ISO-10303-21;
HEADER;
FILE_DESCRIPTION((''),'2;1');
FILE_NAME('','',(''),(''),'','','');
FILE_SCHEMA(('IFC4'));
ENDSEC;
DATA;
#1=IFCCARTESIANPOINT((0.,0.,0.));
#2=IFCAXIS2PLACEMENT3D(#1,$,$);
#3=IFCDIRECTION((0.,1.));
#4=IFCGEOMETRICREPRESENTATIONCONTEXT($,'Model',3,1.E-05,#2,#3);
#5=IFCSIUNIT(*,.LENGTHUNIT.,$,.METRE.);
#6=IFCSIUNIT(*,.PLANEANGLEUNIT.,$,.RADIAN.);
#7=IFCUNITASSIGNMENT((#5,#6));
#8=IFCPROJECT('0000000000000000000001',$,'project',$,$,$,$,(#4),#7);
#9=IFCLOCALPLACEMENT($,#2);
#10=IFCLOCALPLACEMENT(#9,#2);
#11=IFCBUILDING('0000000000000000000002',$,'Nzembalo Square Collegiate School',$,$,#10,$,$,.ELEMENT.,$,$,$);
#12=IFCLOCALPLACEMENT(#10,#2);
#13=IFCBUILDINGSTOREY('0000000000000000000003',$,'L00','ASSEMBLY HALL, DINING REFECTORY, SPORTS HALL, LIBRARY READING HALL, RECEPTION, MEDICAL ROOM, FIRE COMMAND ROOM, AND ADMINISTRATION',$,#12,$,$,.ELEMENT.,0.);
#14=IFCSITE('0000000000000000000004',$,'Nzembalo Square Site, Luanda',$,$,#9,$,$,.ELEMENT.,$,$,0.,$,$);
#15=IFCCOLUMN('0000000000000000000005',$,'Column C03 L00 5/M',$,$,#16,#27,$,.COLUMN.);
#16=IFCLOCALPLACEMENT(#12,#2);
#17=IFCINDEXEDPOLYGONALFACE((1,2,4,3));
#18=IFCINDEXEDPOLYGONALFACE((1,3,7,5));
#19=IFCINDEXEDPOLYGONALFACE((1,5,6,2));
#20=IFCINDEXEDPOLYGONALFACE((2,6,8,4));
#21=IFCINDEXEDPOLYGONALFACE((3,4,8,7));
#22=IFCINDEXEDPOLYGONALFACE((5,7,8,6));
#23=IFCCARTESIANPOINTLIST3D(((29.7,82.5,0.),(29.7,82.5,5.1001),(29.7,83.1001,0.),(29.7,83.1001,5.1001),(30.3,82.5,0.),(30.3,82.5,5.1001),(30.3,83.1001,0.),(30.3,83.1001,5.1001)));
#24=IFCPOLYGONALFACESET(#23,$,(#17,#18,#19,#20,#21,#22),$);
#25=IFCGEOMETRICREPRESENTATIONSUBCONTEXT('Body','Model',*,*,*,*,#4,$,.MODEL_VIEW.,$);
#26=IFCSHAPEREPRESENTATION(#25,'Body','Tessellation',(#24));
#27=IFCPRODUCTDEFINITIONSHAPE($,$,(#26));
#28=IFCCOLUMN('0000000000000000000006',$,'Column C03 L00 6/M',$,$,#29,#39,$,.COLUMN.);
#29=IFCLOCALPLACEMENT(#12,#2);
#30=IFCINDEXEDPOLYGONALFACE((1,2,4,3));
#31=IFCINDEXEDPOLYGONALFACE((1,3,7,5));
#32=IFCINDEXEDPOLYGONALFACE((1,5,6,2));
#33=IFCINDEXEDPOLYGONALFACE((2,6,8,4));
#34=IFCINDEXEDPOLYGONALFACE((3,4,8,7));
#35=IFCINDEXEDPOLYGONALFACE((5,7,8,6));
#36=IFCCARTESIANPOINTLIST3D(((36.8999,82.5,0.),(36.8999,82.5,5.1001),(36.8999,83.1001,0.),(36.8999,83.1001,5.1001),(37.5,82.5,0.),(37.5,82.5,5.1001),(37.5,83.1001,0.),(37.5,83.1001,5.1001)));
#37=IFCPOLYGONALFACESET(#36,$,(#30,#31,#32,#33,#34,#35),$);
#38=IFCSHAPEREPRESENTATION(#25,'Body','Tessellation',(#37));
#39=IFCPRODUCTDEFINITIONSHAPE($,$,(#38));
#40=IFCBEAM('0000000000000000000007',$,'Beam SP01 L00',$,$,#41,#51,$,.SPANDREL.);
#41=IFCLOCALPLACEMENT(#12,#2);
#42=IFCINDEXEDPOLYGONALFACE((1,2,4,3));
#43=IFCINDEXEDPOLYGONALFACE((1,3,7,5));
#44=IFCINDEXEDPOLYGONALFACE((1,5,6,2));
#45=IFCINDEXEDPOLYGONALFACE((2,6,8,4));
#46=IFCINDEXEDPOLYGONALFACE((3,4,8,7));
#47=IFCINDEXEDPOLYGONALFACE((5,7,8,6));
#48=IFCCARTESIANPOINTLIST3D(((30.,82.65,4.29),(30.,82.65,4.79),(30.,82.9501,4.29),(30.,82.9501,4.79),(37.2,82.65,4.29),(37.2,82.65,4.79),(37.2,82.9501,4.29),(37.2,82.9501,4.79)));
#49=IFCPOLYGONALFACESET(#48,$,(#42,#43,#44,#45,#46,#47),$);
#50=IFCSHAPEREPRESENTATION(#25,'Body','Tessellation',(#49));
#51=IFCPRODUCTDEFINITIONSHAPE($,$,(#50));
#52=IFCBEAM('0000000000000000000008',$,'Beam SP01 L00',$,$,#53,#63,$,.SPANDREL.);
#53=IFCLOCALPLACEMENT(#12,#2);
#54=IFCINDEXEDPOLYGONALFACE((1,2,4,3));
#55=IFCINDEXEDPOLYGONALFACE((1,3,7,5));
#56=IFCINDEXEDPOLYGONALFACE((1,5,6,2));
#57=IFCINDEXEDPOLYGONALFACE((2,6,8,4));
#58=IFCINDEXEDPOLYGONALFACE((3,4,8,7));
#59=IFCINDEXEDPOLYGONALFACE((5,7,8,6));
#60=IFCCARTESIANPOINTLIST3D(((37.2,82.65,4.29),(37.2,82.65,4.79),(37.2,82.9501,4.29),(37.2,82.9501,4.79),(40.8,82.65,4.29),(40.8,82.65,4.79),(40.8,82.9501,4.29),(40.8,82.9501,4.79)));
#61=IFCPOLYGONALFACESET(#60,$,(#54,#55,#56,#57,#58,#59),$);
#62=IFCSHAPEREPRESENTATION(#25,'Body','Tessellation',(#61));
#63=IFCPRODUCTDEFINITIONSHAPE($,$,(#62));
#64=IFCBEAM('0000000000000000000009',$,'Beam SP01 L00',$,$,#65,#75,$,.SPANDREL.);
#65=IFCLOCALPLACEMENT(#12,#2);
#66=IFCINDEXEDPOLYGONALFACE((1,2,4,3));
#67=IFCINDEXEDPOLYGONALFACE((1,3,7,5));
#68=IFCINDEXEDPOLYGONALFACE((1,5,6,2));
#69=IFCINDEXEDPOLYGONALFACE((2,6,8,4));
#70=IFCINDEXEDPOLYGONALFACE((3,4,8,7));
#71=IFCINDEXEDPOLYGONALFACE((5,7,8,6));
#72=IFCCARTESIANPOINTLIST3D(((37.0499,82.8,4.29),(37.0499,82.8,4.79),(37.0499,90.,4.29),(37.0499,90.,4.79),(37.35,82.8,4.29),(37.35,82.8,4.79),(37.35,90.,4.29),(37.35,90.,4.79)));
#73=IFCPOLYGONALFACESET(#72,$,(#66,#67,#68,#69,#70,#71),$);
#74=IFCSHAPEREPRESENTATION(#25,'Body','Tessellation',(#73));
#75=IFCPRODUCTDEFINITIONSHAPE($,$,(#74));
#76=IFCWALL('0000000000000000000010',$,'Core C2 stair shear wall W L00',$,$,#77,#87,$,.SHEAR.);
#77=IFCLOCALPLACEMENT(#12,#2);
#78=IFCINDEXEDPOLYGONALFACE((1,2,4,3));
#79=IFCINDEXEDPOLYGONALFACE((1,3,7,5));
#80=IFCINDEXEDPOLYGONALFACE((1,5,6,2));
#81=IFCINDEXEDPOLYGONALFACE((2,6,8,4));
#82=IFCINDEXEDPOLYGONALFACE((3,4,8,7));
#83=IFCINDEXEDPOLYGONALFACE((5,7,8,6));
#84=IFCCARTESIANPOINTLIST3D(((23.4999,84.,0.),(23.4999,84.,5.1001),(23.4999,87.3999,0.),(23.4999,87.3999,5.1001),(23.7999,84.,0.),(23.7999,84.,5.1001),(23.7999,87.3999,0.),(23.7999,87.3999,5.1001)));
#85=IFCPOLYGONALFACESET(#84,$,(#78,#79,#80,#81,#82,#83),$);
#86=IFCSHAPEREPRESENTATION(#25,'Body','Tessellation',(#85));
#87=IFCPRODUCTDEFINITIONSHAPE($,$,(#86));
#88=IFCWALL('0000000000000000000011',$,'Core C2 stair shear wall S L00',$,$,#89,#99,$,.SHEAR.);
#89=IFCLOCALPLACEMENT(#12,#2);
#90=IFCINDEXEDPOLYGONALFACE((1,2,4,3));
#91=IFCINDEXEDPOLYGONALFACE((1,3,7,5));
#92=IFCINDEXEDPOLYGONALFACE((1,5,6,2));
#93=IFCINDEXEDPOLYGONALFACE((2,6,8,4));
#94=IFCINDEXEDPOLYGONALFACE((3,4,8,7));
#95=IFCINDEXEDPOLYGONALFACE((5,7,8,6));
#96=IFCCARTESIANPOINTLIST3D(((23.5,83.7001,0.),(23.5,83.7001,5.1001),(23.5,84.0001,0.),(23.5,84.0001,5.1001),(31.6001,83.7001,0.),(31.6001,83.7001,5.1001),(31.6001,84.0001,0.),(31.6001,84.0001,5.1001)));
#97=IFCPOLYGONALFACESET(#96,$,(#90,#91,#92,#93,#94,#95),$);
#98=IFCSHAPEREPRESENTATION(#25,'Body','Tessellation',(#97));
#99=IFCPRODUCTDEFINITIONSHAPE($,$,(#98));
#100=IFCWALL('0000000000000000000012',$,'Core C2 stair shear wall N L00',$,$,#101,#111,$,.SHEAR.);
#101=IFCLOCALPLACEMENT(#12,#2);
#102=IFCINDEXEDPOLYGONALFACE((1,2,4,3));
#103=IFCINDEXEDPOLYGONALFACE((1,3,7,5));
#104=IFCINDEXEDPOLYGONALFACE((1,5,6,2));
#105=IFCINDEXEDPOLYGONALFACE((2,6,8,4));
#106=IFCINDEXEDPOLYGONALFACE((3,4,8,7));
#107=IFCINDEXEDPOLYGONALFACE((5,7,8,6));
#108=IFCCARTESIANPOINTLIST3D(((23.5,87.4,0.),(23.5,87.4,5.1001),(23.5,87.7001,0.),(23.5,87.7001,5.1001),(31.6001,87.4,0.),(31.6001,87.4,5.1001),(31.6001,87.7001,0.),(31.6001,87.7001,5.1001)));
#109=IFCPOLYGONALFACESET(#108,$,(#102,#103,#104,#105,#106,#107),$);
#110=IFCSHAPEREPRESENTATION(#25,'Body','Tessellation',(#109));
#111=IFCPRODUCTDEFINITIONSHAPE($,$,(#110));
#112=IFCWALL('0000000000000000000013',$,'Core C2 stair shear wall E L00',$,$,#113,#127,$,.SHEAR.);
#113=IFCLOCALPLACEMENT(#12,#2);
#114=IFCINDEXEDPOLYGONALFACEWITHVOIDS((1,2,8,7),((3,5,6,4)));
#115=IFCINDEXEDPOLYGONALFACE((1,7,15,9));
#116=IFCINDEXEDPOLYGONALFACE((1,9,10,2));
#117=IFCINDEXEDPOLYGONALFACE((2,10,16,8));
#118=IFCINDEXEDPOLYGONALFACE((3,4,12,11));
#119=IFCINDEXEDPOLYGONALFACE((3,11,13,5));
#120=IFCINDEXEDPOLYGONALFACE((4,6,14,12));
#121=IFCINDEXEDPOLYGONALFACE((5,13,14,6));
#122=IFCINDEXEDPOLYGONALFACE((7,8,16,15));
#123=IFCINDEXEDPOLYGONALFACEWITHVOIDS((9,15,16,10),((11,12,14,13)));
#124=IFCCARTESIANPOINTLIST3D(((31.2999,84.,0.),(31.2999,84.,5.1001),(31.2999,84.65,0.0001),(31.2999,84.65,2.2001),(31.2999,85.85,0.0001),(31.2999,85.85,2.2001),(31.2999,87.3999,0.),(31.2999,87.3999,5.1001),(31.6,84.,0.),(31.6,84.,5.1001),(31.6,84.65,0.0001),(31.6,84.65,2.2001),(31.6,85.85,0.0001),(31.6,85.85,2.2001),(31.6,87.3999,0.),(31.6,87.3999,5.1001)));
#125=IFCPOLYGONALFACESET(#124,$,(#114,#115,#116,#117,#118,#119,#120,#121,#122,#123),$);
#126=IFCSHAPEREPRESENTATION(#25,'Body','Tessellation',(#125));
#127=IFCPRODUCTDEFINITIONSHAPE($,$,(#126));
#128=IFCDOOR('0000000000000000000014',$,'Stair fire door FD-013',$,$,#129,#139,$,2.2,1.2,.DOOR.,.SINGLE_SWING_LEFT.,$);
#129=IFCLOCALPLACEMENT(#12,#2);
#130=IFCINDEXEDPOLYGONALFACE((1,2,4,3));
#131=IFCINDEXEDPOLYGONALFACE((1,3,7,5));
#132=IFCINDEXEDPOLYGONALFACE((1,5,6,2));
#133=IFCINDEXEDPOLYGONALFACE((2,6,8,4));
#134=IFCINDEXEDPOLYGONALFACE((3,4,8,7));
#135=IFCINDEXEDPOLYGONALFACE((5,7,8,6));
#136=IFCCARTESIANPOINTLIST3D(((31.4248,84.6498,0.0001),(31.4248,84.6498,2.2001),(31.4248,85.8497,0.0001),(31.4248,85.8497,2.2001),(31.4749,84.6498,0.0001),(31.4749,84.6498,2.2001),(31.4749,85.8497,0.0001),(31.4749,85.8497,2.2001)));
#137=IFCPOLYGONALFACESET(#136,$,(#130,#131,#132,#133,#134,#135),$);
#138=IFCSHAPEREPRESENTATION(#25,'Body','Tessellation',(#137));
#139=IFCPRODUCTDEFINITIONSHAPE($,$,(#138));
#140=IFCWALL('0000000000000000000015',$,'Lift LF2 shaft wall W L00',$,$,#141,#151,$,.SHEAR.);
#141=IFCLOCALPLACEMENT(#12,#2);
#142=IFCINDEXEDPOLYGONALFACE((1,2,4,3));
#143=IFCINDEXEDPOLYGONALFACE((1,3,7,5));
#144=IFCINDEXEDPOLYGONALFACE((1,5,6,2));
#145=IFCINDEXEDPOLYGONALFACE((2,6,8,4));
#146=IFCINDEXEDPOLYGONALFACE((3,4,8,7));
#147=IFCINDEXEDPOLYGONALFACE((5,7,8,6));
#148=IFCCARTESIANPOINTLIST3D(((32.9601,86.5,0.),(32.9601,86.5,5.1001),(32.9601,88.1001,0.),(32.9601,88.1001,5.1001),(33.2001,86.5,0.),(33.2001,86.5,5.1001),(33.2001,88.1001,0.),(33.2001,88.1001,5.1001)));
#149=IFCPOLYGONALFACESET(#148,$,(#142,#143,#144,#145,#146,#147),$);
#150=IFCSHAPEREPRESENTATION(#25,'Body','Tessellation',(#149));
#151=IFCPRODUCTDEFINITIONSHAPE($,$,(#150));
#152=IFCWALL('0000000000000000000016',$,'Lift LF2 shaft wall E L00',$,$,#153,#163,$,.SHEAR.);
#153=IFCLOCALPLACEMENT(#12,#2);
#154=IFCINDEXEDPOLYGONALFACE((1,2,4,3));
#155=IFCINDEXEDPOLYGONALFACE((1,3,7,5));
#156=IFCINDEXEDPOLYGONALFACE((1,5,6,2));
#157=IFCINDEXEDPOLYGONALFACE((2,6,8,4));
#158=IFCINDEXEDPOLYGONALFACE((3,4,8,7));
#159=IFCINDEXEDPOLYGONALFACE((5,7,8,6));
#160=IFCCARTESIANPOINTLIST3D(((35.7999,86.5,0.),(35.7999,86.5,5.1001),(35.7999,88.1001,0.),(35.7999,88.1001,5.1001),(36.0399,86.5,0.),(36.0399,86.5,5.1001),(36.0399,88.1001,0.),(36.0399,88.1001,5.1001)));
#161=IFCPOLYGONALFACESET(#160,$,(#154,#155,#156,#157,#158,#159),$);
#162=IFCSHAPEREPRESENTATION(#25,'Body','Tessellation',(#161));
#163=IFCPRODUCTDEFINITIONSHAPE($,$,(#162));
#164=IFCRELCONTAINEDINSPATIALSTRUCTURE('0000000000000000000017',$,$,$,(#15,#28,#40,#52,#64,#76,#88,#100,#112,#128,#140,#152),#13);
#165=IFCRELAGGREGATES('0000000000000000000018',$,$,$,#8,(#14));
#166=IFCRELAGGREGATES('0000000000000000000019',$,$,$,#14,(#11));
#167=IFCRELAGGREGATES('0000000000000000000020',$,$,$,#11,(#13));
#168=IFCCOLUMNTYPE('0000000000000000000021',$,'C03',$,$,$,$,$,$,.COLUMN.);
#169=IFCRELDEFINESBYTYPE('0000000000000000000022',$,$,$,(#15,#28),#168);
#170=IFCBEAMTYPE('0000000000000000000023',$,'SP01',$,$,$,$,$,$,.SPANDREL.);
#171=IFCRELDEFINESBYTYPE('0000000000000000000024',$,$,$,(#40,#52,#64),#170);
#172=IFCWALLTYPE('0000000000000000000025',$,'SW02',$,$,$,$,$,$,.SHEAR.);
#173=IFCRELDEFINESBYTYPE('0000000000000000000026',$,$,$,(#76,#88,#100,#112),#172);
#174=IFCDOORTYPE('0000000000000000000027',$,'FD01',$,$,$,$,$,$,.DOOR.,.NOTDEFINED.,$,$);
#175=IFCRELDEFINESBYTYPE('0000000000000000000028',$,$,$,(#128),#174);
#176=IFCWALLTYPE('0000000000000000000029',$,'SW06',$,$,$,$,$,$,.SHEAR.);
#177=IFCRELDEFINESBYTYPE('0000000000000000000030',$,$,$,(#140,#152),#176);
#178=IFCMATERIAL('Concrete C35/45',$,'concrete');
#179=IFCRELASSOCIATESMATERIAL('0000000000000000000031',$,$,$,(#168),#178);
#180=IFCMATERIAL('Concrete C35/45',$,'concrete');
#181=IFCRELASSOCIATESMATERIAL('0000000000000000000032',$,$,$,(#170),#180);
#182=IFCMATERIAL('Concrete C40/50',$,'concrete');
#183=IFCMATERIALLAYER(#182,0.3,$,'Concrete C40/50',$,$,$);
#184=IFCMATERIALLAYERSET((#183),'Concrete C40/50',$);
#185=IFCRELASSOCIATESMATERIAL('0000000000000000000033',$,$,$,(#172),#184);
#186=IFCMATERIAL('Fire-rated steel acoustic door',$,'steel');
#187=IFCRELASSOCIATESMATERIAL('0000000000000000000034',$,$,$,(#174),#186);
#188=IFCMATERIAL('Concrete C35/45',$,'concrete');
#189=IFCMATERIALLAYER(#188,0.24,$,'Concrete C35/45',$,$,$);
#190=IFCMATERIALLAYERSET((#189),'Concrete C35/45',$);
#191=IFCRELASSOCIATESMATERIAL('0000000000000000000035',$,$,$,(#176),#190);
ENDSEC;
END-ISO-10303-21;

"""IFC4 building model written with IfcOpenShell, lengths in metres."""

from ifc_helpers import new_model, si_unit, direction, frame, frame_2d, origin, origin_2d, place, context, subcontext, project, spatial, rectangle, extrude, material, layer, layer_set, material_profile, profile_set, type_object, element, fill, save


model = new_model("IFC4")

# Units and contexts
model_context = context("Model", 3, precision=1e-05, world=origin(), true_north=direction((0.0, 1.0)))
body_context = subcontext(model_context, "Body", "Model", "MODEL_VIEW")
ifc_project = project(units=[si_unit("LENGTHUNIT", "METRE"), si_unit("PLANEANGLEUNIT", "RADIAN")], contexts=[model_context])

# Site, building, storey
site_placement = place(None, origin())
site = spatial("IfcSite", under=ifc_project, at=site_placement, Name="Nzembalo Square Site, Luanda", CompositionType="ELEMENT", RefElevation=0.0)
building_placement = place(site_placement, origin())
building = spatial("IfcBuilding", under=site, at=building_placement, Name="Nzembalo Square Collegiate School", CompositionType="ELEMENT")
storey_placement = place(building_placement, origin())
storey = spatial("IfcBuildingStorey", under=building, at=storey_placement, Name="L00", Description="ASSEMBLY HALL, DINING REFECTORY, SPORTS HALL, LIBRARY READING HALL, RECEPTION, MEDICAL ROOM, FIRE COMMAND ROOM, AND ADMINISTRATION", CompositionType="ELEMENT", Elevation=0.0)

# Columns
ifc_material_1 = material(Name="Concrete C35/45", Category="concrete")
ifc_material_profile_1 = material_profile(ifc_material_1, rectangle(XDim=0.6001, YDim=0.6001, at=origin_2d()), Name="RC 600x600")
ifc_profile_set_1 = profile_set([ifc_material_profile_1], Name="Concrete C35/45")
column_type = type_object("IfcColumnType", Name="C03", PredefinedType="COLUMN", material=ifc_profile_set_1)
for number, where, z_axis, x_axis, name in (
    (1, (30.0, 82.8, 0.0), (0.0, 0.0, 1.0), (1.0, 0.0, 0.0), "Column C03 L00 5/M"),
    (2, (37.2, 82.8, 0.0), (0.0, 0.0, 1.0), (1.0, 0.0, 0.0), "Column C03 L00 6/M"),
):
    element("IfcColumn", number, at=place(storey_placement, frame(where, z_axis=z_axis, x_axis=x_axis)), inside=storey, type_object=column_type, Name=name, PredefinedType="COLUMN", context=body_context, shape_type="SweptSolid", body=[
        extrude(rectangle(XDim=0.6001, YDim=0.6001, at=origin_2d()), origin(), (0.0, 0.0, 1.0), 5.1001),
    ])

# Beams
ifc_material_2 = material(Name="Concrete C35/45", Category="concrete")
ifc_material_profile_2 = material_profile(ifc_material_2, rectangle(XDim=0.3, YDim=0.5, at=origin_2d()), Name="RC 300x500")
ifc_profile_set_2 = profile_set([ifc_material_profile_2], Name="Concrete C35/45")
beam_type = type_object("IfcBeamType", Name="SP01", PredefinedType="SPANDREL", material=ifc_profile_set_2)
beam_1_placement = place(storey_placement, frame((30.0, 82.8, 4.54), z_axis=(1.0, 0.0, 0.0), x_axis=(0.0, 1.0, 0.0)))
element("IfcBeam", 3, at=beam_1_placement, inside=storey, type_object=beam_type, Name="Beam SP01 L00", PredefinedType="SPANDREL", context=body_context, shape_type="SweptSolid", body=[
    extrude(rectangle(XDim=0.3, YDim=0.5, at=origin_2d()), origin(), (0.0, 0.0, 1.0), 7.2),
])
beam_2_placement = place(storey_placement, frame((37.2, 82.8, 4.54), z_axis=(1.0, 0.0, 0.0), x_axis=(0.0, 1.0, 0.0)))
element("IfcBeam", 4, at=beam_2_placement, inside=storey, type_object=beam_type, Name="Beam SP01 L00", PredefinedType="SPANDREL", context=body_context, shape_type="SweptSolid", body=[
    extrude(rectangle(XDim=0.3, YDim=0.5, at=origin_2d()), origin(), (0.0, 0.0, 1.0), 3.6001),
])
beam_3_placement = place(storey_placement, frame((37.2, 82.8, 4.54), z_axis=(0.0, 1.0, 0.0), x_axis=(-1.0, 0.0, 0.0)))
element("IfcBeam", 5, at=beam_3_placement, inside=storey, type_object=beam_type, Name="Beam SP01 L00", PredefinedType="SPANDREL", context=body_context, shape_type="SweptSolid", body=[
    extrude(rectangle(XDim=0.3, YDim=0.5, at=origin_2d()), origin(), (0.0, 0.0, 1.0), 7.2),
])

# Walls
ifc_material_3 = material(Name="Concrete C40/50", Category="concrete")
ifc_layer_1 = layer(ifc_material_3, 0.3, Name="Concrete C40/50")
ifc_layer_set_1 = layer_set([ifc_layer_1], Name="Concrete C40/50")
wall_type_1 = type_object("IfcWallType", Name="SW02", PredefinedType="SHEAR", material=ifc_layer_set_1)
wall_1_placement = place(storey_placement, frame((23.6499, 84.0, 0.0), z_axis=(0.0, 0.0, 1.0), x_axis=(0.0, 1.0, 0.0)))
element("IfcWall", 6, at=wall_1_placement, inside=storey, type_object=wall_type_1, Name="Core C2 stair shear wall W L00", PredefinedType="SHEAR", context=body_context, shape_type="SweptSolid", body=[
    extrude(rectangle(XDim=3.3999, YDim=0.3, at=frame_2d((1.7, 0.0))), origin(), (0.0, 0.0, 1.0), 5.1001),
])
for number, where, z_axis, x_axis, name in (
    (7, (23.5, 83.8501, 0.0), (0.0, 0.0, 1.0), (1.0, 0.0, 0.0), "Core C2 stair shear wall S L00"),
    (8, (23.5, 87.55, 0.0), (0.0, 0.0, 1.0), (1.0, 0.0, 0.0), "Core C2 stair shear wall N L00"),
):
    element("IfcWall", number, at=place(storey_placement, frame(where, z_axis=z_axis, x_axis=x_axis)), inside=storey, type_object=wall_type_1, Name=name, PredefinedType="SHEAR", context=body_context, shape_type="SweptSolid", body=[
        extrude(rectangle(XDim=8.1001, YDim=0.3, at=frame_2d((4.05, 0.0))), origin(), (0.0, 0.0, 1.0), 5.1001),
    ])

# Wall, opening, door
wall_2_placement = place(storey_placement, frame((31.45, 84.0, 0.0), z_axis=(0.0, 0.0, 1.0), x_axis=(0.0, 1.0, 0.0)))
wall_2 = element("IfcWall", 9, at=wall_2_placement, inside=storey, type_object=wall_type_1, Name="Core C2 stair shear wall E L00", PredefinedType="SHEAR", context=body_context, shape_type="SweptSolid", body=[
    extrude(rectangle(XDim=3.3999, YDim=0.3, at=frame_2d((1.7, 0.0))), origin(), (0.0, 0.0, 1.0), 5.1001),
])
opening_1_placement = place(wall_2_placement, frame((0.6499, 0.0, 0.0)))
opening_1 = element("IfcOpeningElement", 10, at=opening_1_placement, cuts=wall_2, PredefinedType="OPENING", context=body_context, shape_type="SweptSolid", body=[
    extrude(rectangle(XDim=1.2, YDim=2.2, at=frame_2d((0.6001, 1.1001))), frame((0.0, 0.1602, 0.0), z_axis=(0.0, -1.0, 0.0), x_axis=(1.0, 0.0, 0.0)), (0.0, 0.0, 1.0), 0.3201),
])
ifc_material_4 = material(Name="Fire-rated steel acoustic door", Category="steel")
door_type_1 = type_object("IfcDoorType", Name="FD01", OperationType="NOTDEFINED", PredefinedType="DOOR", material=ifc_material_4)
door_1_placement = place(opening_1_placement, frame((1.2, 0.0, 0.0), z_axis=(0.0, 0.0, 1.0), x_axis=(-1.0, 0.0, 0.0)))
door_1 = element("IfcDoor", 11, at=door_1_placement, inside=storey, type_object=door_type_1, Name="Stair fire door FD-013", OperationType="SINGLE_SWING_LEFT", OverallHeight=2.2, OverallWidth=1.2, PredefinedType="DOOR", context=body_context, shape_type="SweptSolid", body=[
    extrude(rectangle(XDim=1.2, YDim=2.2, at=frame_2d((0.6001, 1.1001))), frame((0.0, 0.0249, 0.0), z_axis=(0.0, -1.0, 0.0), x_axis=(1.0, 0.0, 0.0)), (0.0, 0.0, 1.0), 0.05),
])
fill(opening_1, door_1)

# Walls
ifc_material_5 = material(Name="Concrete C35/45", Category="concrete")
ifc_layer_2 = layer(ifc_material_5, 0.24, Name="Concrete C35/45")
ifc_layer_set_2 = layer_set([ifc_layer_2], Name="Concrete C35/45")
wall_type_2 = type_object("IfcWallType", Name="SW06", PredefinedType="SHEAR", material=ifc_layer_set_2)
for number, where, z_axis, x_axis, name in (
    (12, (33.0801, 86.5, 0.0), (0.0, 0.0, 1.0), (0.0, 1.0, 0.0), "Lift LF2 shaft wall W L00"),
    (13, (35.9199, 86.5, 0.0), (0.0, 0.0, 1.0), (0.0, 1.0, 0.0), "Lift LF2 shaft wall E L00"),
):
    element("IfcWall", number, at=place(storey_placement, frame(where, z_axis=z_axis, x_axis=x_axis)), inside=storey, type_object=wall_type_2, Name=name, PredefinedType="SHEAR", context=body_context, shape_type="SweptSolid", body=[
        extrude(rectangle(XDim=1.6001, YDim=0.24, at=frame_2d((0.8, 0.0))), origin(), (0.0, 0.0, 1.0), 5.1001),
    ])

save(model, "model.ifc")
